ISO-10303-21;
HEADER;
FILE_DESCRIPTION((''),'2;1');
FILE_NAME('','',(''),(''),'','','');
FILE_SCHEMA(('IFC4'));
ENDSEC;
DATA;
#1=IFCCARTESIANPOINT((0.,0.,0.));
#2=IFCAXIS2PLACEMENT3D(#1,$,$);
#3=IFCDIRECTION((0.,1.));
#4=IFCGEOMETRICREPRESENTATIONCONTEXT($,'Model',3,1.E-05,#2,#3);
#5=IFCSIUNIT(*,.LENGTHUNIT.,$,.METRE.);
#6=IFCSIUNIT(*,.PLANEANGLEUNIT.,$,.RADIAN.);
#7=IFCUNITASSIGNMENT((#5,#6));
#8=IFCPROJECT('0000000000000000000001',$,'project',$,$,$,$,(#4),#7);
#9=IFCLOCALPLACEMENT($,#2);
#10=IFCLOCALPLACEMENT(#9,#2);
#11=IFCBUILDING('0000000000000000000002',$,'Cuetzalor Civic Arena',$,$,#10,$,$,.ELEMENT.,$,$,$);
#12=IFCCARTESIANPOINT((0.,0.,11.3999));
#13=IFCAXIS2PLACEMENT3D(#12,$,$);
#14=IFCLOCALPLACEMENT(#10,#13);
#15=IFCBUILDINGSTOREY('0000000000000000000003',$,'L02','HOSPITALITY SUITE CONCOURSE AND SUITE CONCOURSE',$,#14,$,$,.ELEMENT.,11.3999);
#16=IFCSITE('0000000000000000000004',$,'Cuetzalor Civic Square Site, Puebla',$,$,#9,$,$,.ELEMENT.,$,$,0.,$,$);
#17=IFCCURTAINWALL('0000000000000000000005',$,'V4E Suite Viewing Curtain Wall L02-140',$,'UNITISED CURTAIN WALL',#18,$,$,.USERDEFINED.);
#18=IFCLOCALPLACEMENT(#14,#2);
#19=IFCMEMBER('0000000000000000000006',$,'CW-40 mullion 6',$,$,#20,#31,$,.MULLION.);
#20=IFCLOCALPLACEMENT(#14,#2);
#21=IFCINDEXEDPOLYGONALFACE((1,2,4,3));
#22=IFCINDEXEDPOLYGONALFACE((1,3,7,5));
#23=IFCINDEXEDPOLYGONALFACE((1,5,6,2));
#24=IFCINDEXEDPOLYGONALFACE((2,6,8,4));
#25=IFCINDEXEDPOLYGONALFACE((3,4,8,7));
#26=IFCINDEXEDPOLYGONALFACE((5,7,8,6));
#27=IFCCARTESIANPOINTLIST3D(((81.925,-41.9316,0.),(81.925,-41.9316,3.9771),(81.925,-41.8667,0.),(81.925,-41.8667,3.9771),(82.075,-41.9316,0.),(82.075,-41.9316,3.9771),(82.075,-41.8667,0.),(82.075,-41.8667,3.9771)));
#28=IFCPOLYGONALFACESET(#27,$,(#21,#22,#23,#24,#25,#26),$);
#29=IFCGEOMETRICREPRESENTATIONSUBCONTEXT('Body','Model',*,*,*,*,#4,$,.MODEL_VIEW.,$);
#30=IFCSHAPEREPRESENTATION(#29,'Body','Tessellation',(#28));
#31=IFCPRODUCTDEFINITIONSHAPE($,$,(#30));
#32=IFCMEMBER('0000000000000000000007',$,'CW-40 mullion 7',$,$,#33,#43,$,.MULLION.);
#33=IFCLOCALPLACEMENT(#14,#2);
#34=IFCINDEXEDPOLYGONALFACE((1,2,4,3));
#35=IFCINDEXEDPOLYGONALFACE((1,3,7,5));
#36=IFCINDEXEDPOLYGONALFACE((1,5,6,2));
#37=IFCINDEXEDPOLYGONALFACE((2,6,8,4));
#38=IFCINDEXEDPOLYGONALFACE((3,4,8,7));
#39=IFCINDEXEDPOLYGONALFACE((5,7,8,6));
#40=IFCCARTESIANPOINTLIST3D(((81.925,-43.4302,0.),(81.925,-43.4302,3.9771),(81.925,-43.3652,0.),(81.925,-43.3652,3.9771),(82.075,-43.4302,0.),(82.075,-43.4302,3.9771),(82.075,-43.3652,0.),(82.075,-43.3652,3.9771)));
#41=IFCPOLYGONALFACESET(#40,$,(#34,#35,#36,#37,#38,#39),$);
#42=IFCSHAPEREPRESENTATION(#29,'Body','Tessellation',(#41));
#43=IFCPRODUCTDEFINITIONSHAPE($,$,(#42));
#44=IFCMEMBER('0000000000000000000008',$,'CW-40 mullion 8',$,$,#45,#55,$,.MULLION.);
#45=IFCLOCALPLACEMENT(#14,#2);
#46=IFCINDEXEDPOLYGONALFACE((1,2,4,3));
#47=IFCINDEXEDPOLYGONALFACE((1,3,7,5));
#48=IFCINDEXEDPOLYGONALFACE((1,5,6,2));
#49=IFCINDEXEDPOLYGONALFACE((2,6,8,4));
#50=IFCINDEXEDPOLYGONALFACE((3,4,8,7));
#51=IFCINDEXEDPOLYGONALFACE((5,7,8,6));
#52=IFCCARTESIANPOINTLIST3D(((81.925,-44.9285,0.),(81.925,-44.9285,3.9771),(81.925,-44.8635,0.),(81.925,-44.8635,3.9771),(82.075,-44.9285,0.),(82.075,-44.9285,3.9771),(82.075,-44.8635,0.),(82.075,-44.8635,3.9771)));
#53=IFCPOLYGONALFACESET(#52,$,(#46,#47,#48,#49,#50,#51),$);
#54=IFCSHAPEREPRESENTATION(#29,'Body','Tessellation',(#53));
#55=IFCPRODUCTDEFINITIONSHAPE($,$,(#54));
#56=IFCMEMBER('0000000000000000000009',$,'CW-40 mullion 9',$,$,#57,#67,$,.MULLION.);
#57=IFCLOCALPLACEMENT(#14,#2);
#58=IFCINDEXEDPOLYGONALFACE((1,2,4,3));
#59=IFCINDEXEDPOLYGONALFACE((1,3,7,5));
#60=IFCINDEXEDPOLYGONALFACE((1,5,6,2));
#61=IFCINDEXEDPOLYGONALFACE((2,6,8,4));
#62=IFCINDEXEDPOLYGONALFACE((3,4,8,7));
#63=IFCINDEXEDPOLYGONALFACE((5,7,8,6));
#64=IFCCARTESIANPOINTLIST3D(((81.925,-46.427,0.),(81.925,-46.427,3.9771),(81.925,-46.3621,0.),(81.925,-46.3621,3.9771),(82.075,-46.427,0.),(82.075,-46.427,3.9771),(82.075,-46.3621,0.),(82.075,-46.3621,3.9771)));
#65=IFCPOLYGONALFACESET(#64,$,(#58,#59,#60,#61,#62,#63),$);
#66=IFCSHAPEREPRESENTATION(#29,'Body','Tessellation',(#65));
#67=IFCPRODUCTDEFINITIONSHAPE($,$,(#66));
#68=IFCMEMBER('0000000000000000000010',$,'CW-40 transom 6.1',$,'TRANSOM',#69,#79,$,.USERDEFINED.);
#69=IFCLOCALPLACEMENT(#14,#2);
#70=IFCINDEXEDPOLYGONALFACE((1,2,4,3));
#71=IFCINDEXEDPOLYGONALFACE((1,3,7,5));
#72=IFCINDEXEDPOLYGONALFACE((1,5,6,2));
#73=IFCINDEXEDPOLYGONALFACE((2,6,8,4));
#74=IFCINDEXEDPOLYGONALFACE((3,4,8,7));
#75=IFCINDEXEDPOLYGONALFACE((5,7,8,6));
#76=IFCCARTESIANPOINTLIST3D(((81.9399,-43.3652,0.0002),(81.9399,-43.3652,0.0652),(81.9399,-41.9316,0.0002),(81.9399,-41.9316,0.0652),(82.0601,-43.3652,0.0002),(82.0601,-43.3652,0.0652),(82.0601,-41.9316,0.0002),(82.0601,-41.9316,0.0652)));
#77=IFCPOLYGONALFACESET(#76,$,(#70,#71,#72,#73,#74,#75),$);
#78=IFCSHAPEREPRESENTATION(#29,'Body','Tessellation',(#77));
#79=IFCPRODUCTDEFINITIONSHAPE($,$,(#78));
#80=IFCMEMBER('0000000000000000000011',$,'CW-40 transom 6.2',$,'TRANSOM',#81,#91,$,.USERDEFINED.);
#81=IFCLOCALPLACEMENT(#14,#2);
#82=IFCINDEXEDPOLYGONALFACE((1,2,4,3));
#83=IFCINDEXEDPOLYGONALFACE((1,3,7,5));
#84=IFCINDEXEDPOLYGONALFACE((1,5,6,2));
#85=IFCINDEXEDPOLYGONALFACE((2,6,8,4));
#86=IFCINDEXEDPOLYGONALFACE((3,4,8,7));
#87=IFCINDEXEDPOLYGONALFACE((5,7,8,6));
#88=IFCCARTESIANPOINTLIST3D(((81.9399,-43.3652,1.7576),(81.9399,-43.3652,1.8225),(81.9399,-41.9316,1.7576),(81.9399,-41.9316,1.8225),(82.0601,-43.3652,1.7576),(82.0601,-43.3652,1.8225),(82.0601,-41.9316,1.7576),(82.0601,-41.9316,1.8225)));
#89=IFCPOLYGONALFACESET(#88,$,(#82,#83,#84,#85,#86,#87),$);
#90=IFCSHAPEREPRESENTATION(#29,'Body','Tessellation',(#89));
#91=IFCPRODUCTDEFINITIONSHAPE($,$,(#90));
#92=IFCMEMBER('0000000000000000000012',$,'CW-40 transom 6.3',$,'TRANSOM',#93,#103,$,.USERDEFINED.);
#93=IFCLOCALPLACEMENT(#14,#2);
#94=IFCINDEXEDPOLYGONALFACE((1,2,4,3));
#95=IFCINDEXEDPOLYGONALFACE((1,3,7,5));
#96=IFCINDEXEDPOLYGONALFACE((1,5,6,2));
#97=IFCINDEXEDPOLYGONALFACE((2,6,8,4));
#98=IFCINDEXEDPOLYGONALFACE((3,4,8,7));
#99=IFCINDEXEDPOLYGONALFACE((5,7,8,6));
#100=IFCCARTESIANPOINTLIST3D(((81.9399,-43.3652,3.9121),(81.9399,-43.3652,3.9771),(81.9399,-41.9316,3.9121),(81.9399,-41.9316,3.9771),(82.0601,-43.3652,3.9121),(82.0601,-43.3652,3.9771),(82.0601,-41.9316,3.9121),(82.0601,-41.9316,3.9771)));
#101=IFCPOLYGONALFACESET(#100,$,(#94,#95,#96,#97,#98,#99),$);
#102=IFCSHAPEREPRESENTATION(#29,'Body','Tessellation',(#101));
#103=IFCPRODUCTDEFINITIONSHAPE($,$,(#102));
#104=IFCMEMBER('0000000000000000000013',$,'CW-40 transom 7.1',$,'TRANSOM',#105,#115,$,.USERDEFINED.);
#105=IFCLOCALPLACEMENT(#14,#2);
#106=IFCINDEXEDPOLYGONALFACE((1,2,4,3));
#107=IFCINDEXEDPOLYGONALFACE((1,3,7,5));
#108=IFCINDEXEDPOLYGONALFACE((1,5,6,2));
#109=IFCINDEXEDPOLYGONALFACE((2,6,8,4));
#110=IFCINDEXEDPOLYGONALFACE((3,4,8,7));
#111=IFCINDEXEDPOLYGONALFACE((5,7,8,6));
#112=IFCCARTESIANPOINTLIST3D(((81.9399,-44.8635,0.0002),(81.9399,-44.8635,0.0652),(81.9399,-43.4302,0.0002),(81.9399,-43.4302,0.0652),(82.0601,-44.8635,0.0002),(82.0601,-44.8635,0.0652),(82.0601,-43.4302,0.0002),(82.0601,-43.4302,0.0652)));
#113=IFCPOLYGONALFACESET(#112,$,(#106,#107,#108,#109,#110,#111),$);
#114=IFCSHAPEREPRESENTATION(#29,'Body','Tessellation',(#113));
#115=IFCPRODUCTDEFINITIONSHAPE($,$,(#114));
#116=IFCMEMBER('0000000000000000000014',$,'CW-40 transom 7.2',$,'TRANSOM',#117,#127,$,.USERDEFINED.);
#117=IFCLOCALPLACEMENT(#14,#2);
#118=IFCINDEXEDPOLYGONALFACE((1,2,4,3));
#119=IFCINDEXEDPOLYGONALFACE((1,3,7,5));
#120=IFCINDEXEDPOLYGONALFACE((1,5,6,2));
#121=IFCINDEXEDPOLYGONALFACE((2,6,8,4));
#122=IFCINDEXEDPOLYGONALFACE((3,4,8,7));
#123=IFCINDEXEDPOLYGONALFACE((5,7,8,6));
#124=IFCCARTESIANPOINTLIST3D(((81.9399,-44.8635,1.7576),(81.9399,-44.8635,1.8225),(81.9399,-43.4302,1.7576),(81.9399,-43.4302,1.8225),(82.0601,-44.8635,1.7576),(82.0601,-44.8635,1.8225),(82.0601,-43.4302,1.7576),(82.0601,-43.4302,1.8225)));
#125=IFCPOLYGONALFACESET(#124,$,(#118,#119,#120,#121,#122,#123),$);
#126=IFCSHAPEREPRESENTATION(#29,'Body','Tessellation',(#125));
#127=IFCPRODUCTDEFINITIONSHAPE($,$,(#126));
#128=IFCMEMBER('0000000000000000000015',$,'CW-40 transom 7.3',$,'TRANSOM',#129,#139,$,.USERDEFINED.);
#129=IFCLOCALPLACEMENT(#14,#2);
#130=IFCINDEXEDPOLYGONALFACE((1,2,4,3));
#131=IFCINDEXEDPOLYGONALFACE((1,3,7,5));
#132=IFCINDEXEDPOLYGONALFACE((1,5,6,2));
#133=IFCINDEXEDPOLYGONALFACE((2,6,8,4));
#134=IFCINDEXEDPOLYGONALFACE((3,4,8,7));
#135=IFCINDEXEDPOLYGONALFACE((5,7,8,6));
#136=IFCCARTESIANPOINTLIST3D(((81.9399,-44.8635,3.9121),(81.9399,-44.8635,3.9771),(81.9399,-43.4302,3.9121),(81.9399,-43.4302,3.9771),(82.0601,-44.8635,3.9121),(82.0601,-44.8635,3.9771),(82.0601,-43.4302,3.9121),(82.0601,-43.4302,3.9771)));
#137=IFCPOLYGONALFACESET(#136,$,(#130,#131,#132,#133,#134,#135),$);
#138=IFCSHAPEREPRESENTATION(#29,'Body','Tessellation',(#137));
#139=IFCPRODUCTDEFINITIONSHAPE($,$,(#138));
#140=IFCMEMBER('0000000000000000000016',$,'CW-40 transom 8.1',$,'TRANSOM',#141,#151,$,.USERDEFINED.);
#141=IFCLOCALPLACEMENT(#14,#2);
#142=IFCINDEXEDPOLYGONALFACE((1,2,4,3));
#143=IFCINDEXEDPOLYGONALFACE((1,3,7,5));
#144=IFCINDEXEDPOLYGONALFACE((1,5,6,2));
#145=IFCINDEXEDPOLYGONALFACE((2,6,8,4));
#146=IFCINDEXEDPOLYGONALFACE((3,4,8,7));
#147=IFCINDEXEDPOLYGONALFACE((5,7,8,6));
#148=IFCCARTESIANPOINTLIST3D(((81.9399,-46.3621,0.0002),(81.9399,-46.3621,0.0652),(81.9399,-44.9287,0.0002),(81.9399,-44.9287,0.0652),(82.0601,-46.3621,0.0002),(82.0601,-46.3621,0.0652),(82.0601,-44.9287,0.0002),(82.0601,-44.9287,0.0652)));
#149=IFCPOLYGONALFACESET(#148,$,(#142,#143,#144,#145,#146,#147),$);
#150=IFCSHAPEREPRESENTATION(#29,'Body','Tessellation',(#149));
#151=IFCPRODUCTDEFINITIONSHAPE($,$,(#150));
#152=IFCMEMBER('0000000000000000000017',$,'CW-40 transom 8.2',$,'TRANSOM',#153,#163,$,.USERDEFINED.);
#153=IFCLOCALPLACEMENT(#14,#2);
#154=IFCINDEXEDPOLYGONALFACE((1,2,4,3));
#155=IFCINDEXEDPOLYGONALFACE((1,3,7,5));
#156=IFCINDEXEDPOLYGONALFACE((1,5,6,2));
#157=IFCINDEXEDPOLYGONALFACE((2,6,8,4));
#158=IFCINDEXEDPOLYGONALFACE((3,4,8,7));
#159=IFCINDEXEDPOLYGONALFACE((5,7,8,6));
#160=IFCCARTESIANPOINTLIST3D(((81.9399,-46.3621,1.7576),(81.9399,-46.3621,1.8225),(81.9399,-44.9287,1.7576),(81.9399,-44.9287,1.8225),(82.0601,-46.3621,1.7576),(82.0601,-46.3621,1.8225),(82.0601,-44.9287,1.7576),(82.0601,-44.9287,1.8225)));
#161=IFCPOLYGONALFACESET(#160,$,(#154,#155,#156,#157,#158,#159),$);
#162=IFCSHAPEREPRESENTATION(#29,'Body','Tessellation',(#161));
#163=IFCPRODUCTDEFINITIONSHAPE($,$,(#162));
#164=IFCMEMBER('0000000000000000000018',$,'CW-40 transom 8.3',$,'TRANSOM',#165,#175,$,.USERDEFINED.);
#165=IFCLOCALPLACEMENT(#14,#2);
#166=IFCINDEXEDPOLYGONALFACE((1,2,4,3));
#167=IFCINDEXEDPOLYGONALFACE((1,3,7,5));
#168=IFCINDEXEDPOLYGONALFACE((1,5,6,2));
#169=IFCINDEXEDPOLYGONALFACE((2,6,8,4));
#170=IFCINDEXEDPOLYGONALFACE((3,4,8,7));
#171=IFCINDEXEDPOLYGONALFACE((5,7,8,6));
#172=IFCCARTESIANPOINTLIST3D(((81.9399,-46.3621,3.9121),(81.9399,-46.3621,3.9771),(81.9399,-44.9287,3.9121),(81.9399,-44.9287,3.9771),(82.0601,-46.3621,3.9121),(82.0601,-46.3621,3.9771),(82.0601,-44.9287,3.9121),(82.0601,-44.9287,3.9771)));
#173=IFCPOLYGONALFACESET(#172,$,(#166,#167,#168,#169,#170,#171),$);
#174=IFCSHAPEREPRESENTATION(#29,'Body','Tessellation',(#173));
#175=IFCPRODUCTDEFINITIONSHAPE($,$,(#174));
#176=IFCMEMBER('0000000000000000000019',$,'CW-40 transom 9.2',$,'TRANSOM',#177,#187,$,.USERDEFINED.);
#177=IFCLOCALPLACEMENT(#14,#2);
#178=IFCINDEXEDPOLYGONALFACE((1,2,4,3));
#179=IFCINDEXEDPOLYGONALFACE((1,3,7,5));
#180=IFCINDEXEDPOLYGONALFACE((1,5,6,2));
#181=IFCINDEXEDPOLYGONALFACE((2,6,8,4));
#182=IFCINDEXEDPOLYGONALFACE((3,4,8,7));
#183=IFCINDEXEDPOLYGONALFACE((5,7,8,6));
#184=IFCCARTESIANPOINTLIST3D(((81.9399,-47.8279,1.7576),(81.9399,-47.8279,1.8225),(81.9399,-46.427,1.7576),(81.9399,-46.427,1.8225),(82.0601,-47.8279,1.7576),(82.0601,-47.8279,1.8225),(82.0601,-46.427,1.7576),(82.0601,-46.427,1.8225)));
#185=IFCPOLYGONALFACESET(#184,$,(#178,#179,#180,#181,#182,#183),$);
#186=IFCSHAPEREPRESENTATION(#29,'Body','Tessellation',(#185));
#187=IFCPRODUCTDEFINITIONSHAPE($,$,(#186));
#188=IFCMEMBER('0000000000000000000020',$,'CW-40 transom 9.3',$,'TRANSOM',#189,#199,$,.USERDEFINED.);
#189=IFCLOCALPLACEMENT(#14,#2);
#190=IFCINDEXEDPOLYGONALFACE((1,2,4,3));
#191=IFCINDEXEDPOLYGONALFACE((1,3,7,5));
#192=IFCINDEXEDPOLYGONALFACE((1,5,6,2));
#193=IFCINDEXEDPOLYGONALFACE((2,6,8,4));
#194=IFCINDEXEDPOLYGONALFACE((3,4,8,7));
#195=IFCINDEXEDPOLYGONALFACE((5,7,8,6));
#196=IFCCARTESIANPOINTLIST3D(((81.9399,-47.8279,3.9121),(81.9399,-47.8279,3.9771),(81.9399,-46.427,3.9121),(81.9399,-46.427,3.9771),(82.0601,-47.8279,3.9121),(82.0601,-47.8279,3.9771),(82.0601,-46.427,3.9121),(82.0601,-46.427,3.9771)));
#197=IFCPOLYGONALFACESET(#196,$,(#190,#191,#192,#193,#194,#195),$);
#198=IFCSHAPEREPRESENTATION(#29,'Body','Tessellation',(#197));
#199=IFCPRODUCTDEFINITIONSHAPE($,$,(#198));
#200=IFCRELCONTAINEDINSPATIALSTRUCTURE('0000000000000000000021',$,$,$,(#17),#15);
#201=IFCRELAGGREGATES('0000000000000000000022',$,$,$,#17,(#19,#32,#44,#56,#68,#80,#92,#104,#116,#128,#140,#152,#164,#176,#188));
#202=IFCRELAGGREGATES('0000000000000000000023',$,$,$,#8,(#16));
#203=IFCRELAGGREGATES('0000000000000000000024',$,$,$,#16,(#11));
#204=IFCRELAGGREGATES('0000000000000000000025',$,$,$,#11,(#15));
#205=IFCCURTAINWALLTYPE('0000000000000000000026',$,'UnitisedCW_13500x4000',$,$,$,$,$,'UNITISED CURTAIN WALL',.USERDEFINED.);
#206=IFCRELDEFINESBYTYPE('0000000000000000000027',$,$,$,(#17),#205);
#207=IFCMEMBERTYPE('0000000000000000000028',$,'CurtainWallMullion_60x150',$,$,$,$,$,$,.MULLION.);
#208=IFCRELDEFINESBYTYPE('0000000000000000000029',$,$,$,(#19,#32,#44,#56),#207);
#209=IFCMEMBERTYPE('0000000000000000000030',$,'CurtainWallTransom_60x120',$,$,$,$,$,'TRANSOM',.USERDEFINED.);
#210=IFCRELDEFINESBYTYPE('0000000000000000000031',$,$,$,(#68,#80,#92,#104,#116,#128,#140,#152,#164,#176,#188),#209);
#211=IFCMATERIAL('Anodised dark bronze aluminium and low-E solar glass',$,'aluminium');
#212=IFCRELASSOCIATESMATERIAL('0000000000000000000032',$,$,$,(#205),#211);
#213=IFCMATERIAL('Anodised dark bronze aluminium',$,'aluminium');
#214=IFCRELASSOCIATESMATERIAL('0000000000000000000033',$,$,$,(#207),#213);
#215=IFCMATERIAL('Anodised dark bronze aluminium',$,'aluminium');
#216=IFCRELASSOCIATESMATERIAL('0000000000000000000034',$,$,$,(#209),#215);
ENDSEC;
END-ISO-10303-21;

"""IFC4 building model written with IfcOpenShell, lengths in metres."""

from ifc_helpers import new_model, si_unit, direction, frame, origin, origin_2d, place, context, subcontext, project, spatial, rectangle, extrude, material, material_profile, profile_set, type_object, element, aggregate, save


model = new_model("IFC4")

# Units and contexts
model_context = context("Model", 3, precision=1e-05, world=origin(), true_north=direction((0.0, 1.0)))
body_context = subcontext(model_context, "Body", "Model", "MODEL_VIEW")
ifc_project = project(units=[si_unit("LENGTHUNIT", "METRE"), si_unit("PLANEANGLEUNIT", "RADIAN")], contexts=[model_context])

# Site, building, storey
site_placement = place(None, origin())
site = spatial("IfcSite", under=ifc_project, at=site_placement, Name="Cuetzalor Civic Square Site, Puebla", CompositionType="ELEMENT", RefElevation=0.0)
building_placement = place(site_placement, origin())
building = spatial("IfcBuilding", under=site, at=building_placement, Name="Cuetzalor Civic Arena", CompositionType="ELEMENT")
storey_placement = place(building_placement, frame((0.0, 0.0, 11.3999)))
storey = spatial("IfcBuildingStorey", under=building, at=storey_placement, Name="L02", Description="HOSPITALITY SUITE CONCOURSE AND SUITE CONCOURSE", CompositionType="ELEMENT", Elevation=11.3999)

# Curtain wall, members
ifc_material_1 = material(Name="Anodised dark bronze aluminium and low-E solar glass", Category="aluminium")
curtain_wall_type = type_object("IfcCurtainWallType", Name="UnitisedCW_13500x4000", ElementType="UNITISED CURTAIN WALL", PredefinedType="USERDEFINED", material=ifc_material_1)
curtain_wall_placement = place(storey_placement, origin())
curtain_wall = element("IfcCurtainWall", 1, at=curtain_wall_placement, inside=storey, type_object=curtain_wall_type, Name="V4E Suite Viewing Curtain Wall L02-140", ObjectType="UNITISED CURTAIN WALL", PredefinedType="USERDEFINED")
ifc_material_2 = material(Name="Anodised dark bronze aluminium", Category="aluminium")
ifc_material_profile_1 = material_profile(ifc_material_2, rectangle(XDim=0.0649, YDim=0.1499, at=origin_2d()), Name="ALU MULLION 65x150")
ifc_profile_set_1 = profile_set([ifc_material_profile_1], Name="Anodised dark bronze aluminium")
member_type_1 = type_object("IfcMemberType", Name="CurtainWallMullion_60x150", PredefinedType="MULLION", material=ifc_profile_set_1)
member_1_placement = place(storey_placement, frame((82.0, -41.8992, 0.0), z_axis=(0.0, 0.0, 1.0), x_axis=(0.0, -1.0, 0.0)))
member_1 = element("IfcMember", 2, at=member_1_placement, type_object=member_type_1, Name="CW-40 mullion 6", PredefinedType="MULLION", context=body_context, shape_type="SweptSolid", body=[
    extrude(rectangle(XDim=0.0649, YDim=0.1499, at=origin_2d()), origin(), (0.0, 0.0, 1.0), 3.9771),
])
member_2_placement = place(storey_placement, frame((82.0, -43.3977, 0.0), z_axis=(0.0, 0.0, 1.0), x_axis=(0.0, -1.0, 0.0)))
member_2 = element("IfcMember", 3, at=member_2_placement, type_object=member_type_1, Name="CW-40 mullion 7", PredefinedType="MULLION", context=body_context, shape_type="SweptSolid", body=[
    extrude(rectangle(XDim=0.0649, YDim=0.1499, at=origin_2d()), origin(), (0.0, 0.0, 1.0), 3.9771),
])
member_3_placement = place(storey_placement, frame((82.0, -44.896, 0.0), z_axis=(0.0, 0.0, 1.0), x_axis=(0.0, -1.0, 0.0)))
member_3 = element("IfcMember", 4, at=member_3_placement, type_object=member_type_1, Name="CW-40 mullion 8", PredefinedType="MULLION", context=body_context, shape_type="SweptSolid", body=[
    extrude(rectangle(XDim=0.0649, YDim=0.1499, at=origin_2d()), origin(), (0.0, 0.0, 1.0), 3.9771),
])
member_4_placement = place(storey_placement, frame((82.0, -46.3945, 0.0), z_axis=(0.0, 0.0, 1.0), x_axis=(0.0, -1.0, 0.0)))
member_4 = element("IfcMember", 5, at=member_4_placement, type_object=member_type_1, Name="CW-40 mullion 9", PredefinedType="MULLION", context=body_context, shape_type="SweptSolid", body=[
    extrude(rectangle(XDim=0.0649, YDim=0.1499, at=origin_2d()), origin(), (0.0, 0.0, 1.0), 3.9771),
])
ifc_material_3 = material(Name="Anodised dark bronze aluminium", Category="aluminium")
ifc_material_profile_2 = material_profile(ifc_material_3, rectangle(XDim=0.1201, YDim=0.0649, at=origin_2d()), Name="ALU TRANSOM 65x120")
ifc_profile_set_2 = profile_set([ifc_material_profile_2], Name="Anodised dark bronze aluminium")
member_type_2 = type_object("IfcMemberType", Name="CurtainWallTransom_60x120", ElementType="TRANSOM", PredefinedType="USERDEFINED", material=ifc_profile_set_2)
member_5_placement = place(storey_placement, frame((82.0, -41.9316, 0.0327), z_axis=(0.0, -1.0, 0.0), x_axis=(1.0, 0.0, 0.0)))
member_5 = element("IfcMember", 6, at=member_5_placement, type_object=member_type_2, Name="CW-40 transom 6.1", ObjectType="TRANSOM", PredefinedType="USERDEFINED", context=body_context, shape_type="SweptSolid", body=[
    extrude(rectangle(XDim=0.1201, YDim=0.0649, at=origin_2d()), origin(), (0.0, 0.0, 1.0), 1.4336),
])
member_6_placement = place(storey_placement, frame((82.0, -41.9316, 1.79), z_axis=(0.0, -1.0, 0.0), x_axis=(1.0, 0.0, 0.0)))
member_6 = element("IfcMember", 7, at=member_6_placement, type_object=member_type_2, Name="CW-40 transom 6.2", ObjectType="TRANSOM", PredefinedType="USERDEFINED", context=body_context, shape_type="SweptSolid", body=[
    extrude(rectangle(XDim=0.1201, YDim=0.0649, at=origin_2d()), origin(), (0.0, 0.0, 1.0), 1.4336),
])
member_7_placement = place(storey_placement, frame((82.0, -41.9316, 3.9446), z_axis=(0.0, -1.0, 0.0), x_axis=(1.0, 0.0, 0.0)))
member_7 = element("IfcMember", 8, at=member_7_placement, type_object=member_type_2, Name="CW-40 transom 6.3", ObjectType="TRANSOM", PredefinedType="USERDEFINED", context=body_context, shape_type="SweptSolid", body=[
    extrude(rectangle(XDim=0.1201, YDim=0.0649, at=origin_2d()), origin(), (0.0, 0.0, 1.0), 1.4336),
])
member_8_placement = place(storey_placement, frame((82.0, -43.4302, 0.0327), z_axis=(0.0, -1.0, 0.0), x_axis=(1.0, 0.0, 0.0)))
member_8 = element("IfcMember", 9, at=member_8_placement, type_object=member_type_2, Name="CW-40 transom 7.1", ObjectType="TRANSOM", PredefinedType="USERDEFINED", context=body_context, shape_type="SweptSolid", body=[
    extrude(rectangle(XDim=0.1201, YDim=0.0649, at=origin_2d()), origin(), (0.0, 0.0, 1.0), 1.4333),
])
member_9_placement = place(storey_placement, frame((82.0, -43.4302, 1.79), z_axis=(0.0, -1.0, 0.0), x_axis=(1.0, 0.0, 0.0)))
member_9 = element("IfcMember", 10, at=member_9_placement, type_object=member_type_2, Name="CW-40 transom 7.2", ObjectType="TRANSOM", PredefinedType="USERDEFINED", context=body_context, shape_type="SweptSolid", body=[
    extrude(rectangle(XDim=0.1201, YDim=0.0649, at=origin_2d()), origin(), (0.0, 0.0, 1.0), 1.4333),
])
member_10_placement = place(storey_placement, frame((82.0, -43.4302, 3.9446), z_axis=(0.0, -1.0, 0.0), x_axis=(1.0, 0.0, 0.0)))
member_10 = element("IfcMember", 11, at=member_10_placement, type_object=member_type_2, Name="CW-40 transom 7.3", ObjectType="TRANSOM", PredefinedType="USERDEFINED", context=body_context, shape_type="SweptSolid", body=[
    extrude(rectangle(XDim=0.1201, YDim=0.0649, at=origin_2d()), origin(), (0.0, 0.0, 1.0), 1.4333),
])
member_11_placement = place(storey_placement, frame((82.0, -44.9287, 0.0327), z_axis=(0.0, -1.0, 0.0), x_axis=(1.0, 0.0, 0.0)))
member_11 = element("IfcMember", 12, at=member_11_placement, type_object=member_type_2, Name="CW-40 transom 8.1", ObjectType="TRANSOM", PredefinedType="USERDEFINED", context=body_context, shape_type="SweptSolid", body=[
    extrude(rectangle(XDim=0.1201, YDim=0.0649, at=origin_2d()), origin(), (0.0, 0.0, 1.0), 1.4333),
])
member_12_placement = place(storey_placement, frame((82.0, -44.9287, 1.79), z_axis=(0.0, -1.0, 0.0), x_axis=(1.0, 0.0, 0.0)))
member_12 = element("IfcMember", 13, at=member_12_placement, type_object=member_type_2, Name="CW-40 transom 8.2", ObjectType="TRANSOM", PredefinedType="USERDEFINED", context=body_context, shape_type="SweptSolid", body=[
    extrude(rectangle(XDim=0.1201, YDim=0.0649, at=origin_2d()), origin(), (0.0, 0.0, 1.0), 1.4333),
])
member_13_placement = place(storey_placement, frame((82.0, -44.9287, 3.9446), z_axis=(0.0, -1.0, 0.0), x_axis=(1.0, 0.0, 0.0)))
member_13 = element("IfcMember", 14, at=member_13_placement, type_object=member_type_2, Name="CW-40 transom 8.3", ObjectType="TRANSOM", PredefinedType="USERDEFINED", context=body_context, shape_type="SweptSolid", body=[
    extrude(rectangle(XDim=0.1201, YDim=0.0649, at=origin_2d()), origin(), (0.0, 0.0, 1.0), 1.4333),
])
member_14_placement = place(storey_placement, frame((82.0, -46.427, 1.79), z_axis=(0.0, -1.0, 0.0), x_axis=(1.0, 0.0, 0.0)))
member_14 = element("IfcMember", 15, at=member_14_placement, type_object=member_type_2, Name="CW-40 transom 9.2", ObjectType="TRANSOM", PredefinedType="USERDEFINED", context=body_context, shape_type="SweptSolid", body=[
    extrude(rectangle(XDim=0.1201, YDim=0.0649, at=origin_2d()), origin(), (0.0, 0.0, 1.0), 1.4009),
])
member_15_placement = place(storey_placement, frame((82.0, -46.427, 3.9446), z_axis=(0.0, -1.0, 0.0), x_axis=(1.0, 0.0, 0.0)))
member_15 = element("IfcMember", 16, at=member_15_placement, type_object=member_type_2, Name="CW-40 transom 9.3", ObjectType="TRANSOM", PredefinedType="USERDEFINED", context=body_context, shape_type="SweptSolid", body=[
    extrude(rectangle(XDim=0.1201, YDim=0.0649, at=origin_2d()), origin(), (0.0, 0.0, 1.0), 1.4009),
])
aggregate(curtain_wall, [member_1, member_2, member_3, member_4, member_5, member_6, member_7, member_8, member_9, member_10, member_11, member_12, member_13, member_14, member_15])

save(model, "model.ifc")
